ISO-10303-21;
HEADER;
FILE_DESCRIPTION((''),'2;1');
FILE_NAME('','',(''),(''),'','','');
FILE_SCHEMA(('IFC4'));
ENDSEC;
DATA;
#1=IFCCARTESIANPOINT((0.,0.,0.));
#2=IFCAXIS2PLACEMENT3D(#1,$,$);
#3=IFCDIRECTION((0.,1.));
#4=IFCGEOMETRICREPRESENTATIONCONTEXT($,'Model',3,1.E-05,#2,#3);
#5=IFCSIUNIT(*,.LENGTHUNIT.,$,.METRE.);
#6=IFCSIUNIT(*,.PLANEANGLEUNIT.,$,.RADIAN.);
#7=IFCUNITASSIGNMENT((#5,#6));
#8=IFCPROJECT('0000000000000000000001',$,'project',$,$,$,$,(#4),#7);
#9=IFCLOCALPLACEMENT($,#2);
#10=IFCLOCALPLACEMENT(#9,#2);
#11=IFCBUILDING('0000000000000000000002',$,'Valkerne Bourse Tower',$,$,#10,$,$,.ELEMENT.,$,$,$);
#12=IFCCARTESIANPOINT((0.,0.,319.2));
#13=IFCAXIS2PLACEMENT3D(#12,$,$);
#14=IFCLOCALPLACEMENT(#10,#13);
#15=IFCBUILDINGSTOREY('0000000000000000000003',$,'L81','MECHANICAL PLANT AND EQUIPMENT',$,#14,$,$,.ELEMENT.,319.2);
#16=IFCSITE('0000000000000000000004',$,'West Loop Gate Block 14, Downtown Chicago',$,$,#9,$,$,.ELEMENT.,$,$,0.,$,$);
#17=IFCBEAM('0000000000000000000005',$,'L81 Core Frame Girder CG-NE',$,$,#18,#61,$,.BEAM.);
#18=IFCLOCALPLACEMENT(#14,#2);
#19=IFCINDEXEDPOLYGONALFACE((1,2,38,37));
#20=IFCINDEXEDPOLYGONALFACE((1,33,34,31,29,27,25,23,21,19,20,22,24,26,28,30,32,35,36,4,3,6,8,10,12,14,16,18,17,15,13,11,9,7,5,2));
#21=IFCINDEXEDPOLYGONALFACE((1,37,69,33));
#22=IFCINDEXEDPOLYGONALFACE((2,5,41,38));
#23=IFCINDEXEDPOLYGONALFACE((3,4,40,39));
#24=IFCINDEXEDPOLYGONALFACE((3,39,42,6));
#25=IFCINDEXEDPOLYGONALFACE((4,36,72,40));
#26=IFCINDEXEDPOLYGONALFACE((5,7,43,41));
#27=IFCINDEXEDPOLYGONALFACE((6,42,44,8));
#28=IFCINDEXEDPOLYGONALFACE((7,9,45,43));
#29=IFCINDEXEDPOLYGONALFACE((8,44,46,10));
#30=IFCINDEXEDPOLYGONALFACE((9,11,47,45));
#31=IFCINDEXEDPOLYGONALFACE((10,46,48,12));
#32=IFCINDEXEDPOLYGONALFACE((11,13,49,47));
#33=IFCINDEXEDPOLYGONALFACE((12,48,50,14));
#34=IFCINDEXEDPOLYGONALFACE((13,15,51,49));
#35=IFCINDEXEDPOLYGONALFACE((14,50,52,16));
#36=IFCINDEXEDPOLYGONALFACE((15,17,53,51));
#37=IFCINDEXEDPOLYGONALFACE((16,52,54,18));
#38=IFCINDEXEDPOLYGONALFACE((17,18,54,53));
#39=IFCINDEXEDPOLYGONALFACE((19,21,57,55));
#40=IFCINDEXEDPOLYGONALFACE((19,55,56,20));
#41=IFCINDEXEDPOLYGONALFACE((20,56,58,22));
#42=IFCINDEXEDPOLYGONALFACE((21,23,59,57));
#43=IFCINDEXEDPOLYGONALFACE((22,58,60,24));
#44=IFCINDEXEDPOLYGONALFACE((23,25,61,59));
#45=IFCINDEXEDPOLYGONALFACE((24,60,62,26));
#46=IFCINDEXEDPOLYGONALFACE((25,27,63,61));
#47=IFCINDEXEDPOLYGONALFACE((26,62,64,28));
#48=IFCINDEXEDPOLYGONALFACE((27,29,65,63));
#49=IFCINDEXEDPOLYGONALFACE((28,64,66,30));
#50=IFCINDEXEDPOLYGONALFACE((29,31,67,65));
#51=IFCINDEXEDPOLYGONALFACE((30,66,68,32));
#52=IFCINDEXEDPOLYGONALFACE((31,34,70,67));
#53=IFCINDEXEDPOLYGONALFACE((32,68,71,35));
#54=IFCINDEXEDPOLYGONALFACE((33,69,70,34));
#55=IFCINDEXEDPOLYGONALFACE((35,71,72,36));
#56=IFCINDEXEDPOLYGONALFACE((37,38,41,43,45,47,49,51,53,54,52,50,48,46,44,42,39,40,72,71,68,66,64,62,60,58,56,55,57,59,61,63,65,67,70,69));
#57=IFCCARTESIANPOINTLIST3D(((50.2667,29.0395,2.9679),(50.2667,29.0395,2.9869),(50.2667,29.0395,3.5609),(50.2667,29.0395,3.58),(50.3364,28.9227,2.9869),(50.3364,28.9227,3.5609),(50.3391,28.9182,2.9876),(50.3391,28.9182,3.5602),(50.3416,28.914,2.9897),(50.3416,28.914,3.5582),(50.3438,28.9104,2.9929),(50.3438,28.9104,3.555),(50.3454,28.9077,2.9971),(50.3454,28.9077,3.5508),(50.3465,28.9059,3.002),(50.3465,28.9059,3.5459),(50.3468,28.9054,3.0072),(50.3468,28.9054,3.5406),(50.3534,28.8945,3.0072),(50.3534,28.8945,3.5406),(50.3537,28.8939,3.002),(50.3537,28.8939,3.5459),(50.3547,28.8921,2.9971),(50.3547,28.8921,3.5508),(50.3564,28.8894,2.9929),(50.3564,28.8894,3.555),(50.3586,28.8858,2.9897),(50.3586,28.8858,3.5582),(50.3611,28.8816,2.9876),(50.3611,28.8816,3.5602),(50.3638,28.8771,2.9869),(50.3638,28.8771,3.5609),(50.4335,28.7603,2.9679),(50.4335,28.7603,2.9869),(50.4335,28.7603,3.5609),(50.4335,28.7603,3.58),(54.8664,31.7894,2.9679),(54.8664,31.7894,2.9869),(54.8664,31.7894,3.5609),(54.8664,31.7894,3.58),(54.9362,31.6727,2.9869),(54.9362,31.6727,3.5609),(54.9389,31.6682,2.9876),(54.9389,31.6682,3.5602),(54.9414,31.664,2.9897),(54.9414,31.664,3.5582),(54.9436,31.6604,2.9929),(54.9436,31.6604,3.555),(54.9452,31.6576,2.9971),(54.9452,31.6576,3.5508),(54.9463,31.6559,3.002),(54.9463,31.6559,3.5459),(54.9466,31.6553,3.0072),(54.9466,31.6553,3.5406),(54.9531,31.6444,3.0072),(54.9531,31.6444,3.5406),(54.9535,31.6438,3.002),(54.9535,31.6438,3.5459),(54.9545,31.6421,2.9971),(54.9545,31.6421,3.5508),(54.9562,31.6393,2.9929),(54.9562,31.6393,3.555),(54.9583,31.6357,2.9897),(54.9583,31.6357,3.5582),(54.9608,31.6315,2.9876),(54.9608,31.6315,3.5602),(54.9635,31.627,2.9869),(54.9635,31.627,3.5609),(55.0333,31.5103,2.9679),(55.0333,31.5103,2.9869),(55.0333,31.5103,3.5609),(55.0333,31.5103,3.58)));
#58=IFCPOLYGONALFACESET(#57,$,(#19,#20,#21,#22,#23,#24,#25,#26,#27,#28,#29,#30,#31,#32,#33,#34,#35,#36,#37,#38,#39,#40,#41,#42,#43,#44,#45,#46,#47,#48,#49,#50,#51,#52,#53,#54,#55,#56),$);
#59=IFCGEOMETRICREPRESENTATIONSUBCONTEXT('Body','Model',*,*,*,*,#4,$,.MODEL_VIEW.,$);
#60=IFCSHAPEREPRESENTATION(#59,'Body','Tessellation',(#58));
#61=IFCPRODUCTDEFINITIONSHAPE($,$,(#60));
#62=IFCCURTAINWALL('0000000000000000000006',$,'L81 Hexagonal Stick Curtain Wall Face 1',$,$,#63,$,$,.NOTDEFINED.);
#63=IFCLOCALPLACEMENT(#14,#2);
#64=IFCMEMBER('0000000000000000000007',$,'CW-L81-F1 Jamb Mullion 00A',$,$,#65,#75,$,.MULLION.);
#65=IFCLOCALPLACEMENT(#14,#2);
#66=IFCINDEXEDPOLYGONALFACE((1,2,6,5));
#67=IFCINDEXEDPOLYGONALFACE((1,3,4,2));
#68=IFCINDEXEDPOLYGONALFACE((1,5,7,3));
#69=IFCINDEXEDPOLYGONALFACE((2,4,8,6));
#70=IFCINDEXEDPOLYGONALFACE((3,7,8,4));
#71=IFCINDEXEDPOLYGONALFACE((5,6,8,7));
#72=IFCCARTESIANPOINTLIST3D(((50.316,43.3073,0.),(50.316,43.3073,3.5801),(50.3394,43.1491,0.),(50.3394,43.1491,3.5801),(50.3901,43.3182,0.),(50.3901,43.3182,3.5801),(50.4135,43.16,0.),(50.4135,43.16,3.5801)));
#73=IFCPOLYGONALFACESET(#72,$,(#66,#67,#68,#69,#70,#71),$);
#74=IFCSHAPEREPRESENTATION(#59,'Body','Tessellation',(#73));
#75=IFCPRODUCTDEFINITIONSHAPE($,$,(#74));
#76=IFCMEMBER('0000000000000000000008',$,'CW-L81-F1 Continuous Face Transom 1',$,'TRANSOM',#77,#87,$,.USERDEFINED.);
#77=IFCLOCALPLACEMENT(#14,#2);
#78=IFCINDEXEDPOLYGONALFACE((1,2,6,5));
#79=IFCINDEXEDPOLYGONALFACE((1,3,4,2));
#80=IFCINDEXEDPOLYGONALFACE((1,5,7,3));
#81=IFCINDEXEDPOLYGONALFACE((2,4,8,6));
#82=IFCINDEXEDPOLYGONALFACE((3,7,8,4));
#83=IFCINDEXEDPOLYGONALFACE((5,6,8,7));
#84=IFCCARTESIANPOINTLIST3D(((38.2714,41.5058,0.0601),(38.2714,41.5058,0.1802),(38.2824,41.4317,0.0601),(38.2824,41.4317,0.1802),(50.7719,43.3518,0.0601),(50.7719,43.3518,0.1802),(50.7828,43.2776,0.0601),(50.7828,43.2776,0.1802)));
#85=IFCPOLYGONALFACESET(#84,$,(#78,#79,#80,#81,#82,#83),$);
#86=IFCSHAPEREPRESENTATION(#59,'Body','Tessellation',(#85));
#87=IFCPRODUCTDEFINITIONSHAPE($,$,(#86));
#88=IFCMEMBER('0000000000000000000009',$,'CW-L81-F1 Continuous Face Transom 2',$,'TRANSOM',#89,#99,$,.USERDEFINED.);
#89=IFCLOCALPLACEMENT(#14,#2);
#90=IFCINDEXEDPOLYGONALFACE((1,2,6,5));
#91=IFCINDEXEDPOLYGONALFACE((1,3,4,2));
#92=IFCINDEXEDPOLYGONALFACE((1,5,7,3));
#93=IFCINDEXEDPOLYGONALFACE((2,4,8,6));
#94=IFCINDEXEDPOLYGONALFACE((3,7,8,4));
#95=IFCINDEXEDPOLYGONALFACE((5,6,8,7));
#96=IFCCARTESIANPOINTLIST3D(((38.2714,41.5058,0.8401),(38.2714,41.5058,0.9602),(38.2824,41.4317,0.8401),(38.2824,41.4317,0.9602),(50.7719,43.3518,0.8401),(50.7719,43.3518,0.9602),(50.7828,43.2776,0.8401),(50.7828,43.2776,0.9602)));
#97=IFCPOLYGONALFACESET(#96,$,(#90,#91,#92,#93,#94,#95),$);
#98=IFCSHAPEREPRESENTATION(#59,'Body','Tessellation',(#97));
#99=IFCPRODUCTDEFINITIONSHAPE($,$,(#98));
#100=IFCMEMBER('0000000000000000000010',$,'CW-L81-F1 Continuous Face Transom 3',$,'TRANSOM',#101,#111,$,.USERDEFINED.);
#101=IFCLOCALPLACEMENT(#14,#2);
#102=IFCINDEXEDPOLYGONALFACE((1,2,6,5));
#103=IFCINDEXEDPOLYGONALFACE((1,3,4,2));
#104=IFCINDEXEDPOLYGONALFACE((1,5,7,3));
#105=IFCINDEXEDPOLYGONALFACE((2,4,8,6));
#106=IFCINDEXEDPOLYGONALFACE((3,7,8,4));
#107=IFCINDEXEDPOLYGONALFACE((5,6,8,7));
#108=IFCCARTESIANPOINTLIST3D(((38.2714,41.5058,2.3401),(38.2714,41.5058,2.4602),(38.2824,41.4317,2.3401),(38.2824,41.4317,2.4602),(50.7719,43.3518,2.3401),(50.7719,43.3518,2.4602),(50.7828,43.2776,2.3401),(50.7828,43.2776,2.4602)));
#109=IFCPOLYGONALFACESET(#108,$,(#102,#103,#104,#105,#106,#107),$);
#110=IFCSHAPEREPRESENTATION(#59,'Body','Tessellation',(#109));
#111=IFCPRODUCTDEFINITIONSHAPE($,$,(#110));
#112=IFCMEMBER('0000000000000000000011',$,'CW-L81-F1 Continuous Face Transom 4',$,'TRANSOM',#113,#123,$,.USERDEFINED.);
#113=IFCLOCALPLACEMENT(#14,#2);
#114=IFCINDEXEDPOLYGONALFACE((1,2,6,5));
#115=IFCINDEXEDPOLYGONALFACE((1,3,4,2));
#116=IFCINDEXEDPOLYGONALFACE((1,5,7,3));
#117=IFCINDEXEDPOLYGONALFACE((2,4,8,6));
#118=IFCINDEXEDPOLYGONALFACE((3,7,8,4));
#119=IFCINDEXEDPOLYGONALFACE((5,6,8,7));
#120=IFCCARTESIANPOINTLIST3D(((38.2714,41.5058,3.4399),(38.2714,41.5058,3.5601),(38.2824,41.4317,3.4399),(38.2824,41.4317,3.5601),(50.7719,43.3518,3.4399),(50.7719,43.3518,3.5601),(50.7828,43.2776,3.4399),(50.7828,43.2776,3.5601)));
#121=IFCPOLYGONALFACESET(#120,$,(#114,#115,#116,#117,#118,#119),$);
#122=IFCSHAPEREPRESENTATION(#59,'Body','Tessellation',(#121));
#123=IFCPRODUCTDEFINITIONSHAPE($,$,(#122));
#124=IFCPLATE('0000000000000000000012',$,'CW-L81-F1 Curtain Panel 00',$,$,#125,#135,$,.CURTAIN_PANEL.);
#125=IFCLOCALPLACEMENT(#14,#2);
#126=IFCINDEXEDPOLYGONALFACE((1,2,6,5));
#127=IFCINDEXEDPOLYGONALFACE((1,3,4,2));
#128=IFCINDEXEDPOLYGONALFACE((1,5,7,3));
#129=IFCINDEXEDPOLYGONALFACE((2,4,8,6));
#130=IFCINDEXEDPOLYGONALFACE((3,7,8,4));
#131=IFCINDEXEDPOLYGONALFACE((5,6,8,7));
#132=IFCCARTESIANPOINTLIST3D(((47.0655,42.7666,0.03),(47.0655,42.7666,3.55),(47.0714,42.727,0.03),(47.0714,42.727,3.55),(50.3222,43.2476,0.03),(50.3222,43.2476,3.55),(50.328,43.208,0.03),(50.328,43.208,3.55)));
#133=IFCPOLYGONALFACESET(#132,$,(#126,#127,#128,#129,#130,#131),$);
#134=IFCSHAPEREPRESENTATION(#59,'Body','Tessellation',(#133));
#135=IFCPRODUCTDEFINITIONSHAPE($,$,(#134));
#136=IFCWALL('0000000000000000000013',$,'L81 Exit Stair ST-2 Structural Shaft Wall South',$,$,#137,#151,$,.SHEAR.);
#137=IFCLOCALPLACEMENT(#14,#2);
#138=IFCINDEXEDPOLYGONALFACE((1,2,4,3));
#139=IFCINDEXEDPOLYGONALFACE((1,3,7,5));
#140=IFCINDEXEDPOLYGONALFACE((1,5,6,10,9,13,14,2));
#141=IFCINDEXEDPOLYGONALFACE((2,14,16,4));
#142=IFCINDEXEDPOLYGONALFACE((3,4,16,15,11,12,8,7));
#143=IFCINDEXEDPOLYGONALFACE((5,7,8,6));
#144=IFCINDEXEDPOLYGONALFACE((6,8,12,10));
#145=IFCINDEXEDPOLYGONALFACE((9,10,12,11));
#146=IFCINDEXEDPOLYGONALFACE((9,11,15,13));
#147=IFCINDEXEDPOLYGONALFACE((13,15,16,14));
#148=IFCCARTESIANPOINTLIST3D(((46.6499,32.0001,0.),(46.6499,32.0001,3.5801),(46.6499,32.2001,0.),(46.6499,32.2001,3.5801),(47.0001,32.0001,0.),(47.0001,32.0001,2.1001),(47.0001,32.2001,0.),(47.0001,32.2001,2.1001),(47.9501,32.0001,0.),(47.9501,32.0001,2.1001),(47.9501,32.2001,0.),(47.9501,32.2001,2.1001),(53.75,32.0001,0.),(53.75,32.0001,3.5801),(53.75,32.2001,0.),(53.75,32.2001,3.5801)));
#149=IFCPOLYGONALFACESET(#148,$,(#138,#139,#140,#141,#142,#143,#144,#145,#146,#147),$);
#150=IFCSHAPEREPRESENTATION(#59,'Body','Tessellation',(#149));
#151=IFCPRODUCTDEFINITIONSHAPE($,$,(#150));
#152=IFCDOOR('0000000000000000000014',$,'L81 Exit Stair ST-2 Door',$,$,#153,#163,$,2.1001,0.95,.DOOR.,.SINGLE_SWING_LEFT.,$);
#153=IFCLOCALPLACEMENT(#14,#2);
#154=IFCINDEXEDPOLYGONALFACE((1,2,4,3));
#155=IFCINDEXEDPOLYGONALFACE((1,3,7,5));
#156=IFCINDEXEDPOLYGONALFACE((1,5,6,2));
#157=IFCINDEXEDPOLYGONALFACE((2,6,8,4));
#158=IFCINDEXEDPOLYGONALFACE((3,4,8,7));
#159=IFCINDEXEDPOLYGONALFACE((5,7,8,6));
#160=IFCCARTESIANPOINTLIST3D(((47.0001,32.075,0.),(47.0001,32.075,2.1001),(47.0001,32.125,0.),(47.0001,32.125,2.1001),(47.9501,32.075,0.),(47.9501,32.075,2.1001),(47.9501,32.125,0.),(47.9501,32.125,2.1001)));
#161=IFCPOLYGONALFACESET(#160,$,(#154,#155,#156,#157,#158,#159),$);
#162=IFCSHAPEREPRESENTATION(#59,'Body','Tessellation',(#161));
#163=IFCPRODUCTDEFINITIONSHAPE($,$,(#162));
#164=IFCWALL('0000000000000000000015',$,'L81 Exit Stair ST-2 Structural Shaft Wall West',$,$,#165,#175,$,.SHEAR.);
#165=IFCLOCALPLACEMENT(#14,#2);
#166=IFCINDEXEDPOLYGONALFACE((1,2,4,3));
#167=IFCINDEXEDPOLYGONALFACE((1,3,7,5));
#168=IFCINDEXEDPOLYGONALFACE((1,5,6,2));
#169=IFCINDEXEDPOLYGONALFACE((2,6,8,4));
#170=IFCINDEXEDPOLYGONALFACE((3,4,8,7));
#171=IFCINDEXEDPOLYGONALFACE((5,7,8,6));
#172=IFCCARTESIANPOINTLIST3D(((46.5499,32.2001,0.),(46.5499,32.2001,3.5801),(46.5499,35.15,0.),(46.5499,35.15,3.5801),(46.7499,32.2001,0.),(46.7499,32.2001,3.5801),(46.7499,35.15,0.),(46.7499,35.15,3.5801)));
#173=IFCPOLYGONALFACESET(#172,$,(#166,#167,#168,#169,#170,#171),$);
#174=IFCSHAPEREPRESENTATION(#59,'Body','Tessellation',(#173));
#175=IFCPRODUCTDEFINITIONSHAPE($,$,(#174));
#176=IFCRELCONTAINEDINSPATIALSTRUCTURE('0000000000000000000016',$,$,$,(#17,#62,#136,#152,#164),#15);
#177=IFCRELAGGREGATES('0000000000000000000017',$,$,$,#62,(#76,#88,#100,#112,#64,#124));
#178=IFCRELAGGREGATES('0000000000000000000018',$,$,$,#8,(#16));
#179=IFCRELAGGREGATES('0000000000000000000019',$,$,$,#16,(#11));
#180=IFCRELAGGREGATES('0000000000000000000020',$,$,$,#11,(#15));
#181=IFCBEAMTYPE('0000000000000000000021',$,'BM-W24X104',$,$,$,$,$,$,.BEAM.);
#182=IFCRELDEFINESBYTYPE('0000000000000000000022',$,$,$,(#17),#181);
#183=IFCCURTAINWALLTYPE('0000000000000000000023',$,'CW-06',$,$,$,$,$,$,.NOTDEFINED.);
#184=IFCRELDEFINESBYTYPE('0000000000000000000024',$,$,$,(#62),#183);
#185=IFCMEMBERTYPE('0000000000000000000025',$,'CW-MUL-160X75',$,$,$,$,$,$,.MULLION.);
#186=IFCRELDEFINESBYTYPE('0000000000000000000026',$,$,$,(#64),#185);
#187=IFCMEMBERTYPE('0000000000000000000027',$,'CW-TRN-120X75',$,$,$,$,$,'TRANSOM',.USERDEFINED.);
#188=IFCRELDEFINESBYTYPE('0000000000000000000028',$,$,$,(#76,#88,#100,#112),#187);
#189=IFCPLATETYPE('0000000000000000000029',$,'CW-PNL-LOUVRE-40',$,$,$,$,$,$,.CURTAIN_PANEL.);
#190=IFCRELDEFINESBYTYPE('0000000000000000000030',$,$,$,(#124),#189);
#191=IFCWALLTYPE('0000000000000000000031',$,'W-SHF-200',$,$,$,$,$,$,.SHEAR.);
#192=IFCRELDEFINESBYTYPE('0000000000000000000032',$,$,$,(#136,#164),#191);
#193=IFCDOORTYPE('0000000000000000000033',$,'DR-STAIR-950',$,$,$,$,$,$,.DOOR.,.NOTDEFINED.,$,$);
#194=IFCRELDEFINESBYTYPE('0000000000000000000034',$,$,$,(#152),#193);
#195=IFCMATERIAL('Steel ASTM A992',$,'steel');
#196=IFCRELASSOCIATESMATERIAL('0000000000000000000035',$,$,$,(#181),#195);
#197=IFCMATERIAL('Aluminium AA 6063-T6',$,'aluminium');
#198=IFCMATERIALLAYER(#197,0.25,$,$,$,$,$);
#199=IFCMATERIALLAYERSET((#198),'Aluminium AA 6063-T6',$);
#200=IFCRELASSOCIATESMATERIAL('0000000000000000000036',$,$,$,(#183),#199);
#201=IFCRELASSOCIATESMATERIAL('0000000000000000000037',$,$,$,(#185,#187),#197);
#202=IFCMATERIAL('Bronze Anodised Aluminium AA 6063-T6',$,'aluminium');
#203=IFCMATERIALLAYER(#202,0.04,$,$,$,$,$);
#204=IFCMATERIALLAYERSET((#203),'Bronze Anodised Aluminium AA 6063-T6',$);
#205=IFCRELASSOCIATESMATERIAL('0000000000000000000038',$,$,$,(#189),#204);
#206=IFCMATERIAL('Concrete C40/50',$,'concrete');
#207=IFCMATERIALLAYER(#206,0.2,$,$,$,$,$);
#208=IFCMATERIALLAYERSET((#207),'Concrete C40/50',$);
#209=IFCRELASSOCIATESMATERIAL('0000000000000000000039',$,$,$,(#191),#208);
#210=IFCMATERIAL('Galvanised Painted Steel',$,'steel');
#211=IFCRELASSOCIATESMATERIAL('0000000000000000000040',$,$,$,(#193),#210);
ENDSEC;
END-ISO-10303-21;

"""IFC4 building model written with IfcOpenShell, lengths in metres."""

from ifc_helpers import new_model, si_unit, direction, frame, frame_2d, origin, origin_2d, place, context, subcontext, project, spatial, rectangle, i_section, extrude, material, layer, layer_set, material_profile, profile_set, type_object, element, fill, aggregate, save


model = new_model("IFC4")

# Units and contexts
model_context = context("Model", 3, precision=1e-05, world=origin(), true_north=direction((0.0, 1.0)))
body_context = subcontext(model_context, "Body", "Model", "MODEL_VIEW")
ifc_project = project(units=[si_unit("LENGTHUNIT", "METRE"), si_unit("PLANEANGLEUNIT", "RADIAN")], contexts=[model_context])

# Site, building, storey
site_placement = place(None, origin())
site = spatial("IfcSite", under=ifc_project, at=site_placement, Name="West Loop Gate Block 14, Downtown Chicago", CompositionType="ELEMENT", RefElevation=0.0)
building_placement = place(site_placement, origin())
building = spatial("IfcBuilding", under=site, at=building_placement, Name="Valkerne Bourse Tower", CompositionType="ELEMENT")
storey_placement = place(building_placement, frame((0.0, 0.0, 319.2)))
storey = spatial("IfcBuildingStorey", under=building, at=storey_placement, Name="L81", Description="MECHANICAL PLANT AND EQUIPMENT", CompositionType="ELEMENT", Elevation=319.2)

# Beam
ifc_material_1 = material(Name="Steel ASTM A992", Category="steel")
ifc_material_profile_1 = material_profile(ifc_material_1, i_section(OverallWidth=0.3252, OverallDepth=0.6121, WebThickness=0.0127, FlangeThickness=0.019, FilletRadius=0.0203, at=origin_2d()), Name="W24X104")
ifc_profile_set_1 = profile_set([ifc_material_profile_1], Name="Steel ASTM A992")
beam_type_1 = type_object("IfcBeamType", Name="BM-W24X104", PredefinedType="BEAM", material=ifc_profile_set_1)
beam_1_placement = place(storey_placement, frame((50.3501, 28.8999, 3.2739), z_axis=(0.858308, 0.513135, 0.0), x_axis=(-0.513135, 0.858308, 0.0)))
element("IfcBeam", 1, at=beam_1_placement, inside=storey, type_object=beam_type_1, Name="L81 Core Frame Girder CG-NE", PredefinedType="BEAM", context=body_context, shape_type="SweptSolid", body=[
    extrude(i_section(OverallWidth=0.3252, OverallDepth=0.6121, WebThickness=0.0127, FlangeThickness=0.019, FilletRadius=0.0203, at=origin_2d()), origin(), (0.0, 0.0, 1.0), 5.3591),
])

# Curtain wall, members, plate
ifc_material_2 = material(Name="Aluminium AA 6063-T6", Category="aluminium")
ifc_layer_1 = layer(ifc_material_2, 0.25)
ifc_layer_set_1 = layer_set([ifc_layer_1], Name="Aluminium AA 6063-T6")
curtain_wall_type = type_object("IfcCurtainWallType", Name="CW-06", PredefinedType="NOTDEFINED", material=ifc_layer_set_1)
curtain_wall_placement = place(storey_placement, origin())
curtain_wall = element("IfcCurtainWall", 2, at=curtain_wall_placement, inside=storey, type_object=curtain_wall_type, Name="L81 Hexagonal Stick Curtain Wall Face 1", PredefinedType="NOTDEFINED")
ifc_material_profile_2 = material_profile(ifc_material_2, rectangle(XDim=0.075, YDim=0.1599, at=origin_2d()), Name="CWM-75X160")
ifc_profile_set_2 = profile_set([ifc_material_profile_2], Name="Aluminium AA 6063-T6")
member_type_1 = type_object("IfcMemberType", Name="CW-MUL-160X75", PredefinedType="MULLION", material=ifc_profile_set_2)
member_1_placement = place(storey_placement, frame((50.3647, 43.2336, 0.0), z_axis=(0.0, 0.0, 1.0), x_axis=(-0.989269, -0.146106, 0.0)))
member_1 = element("IfcMember", 3, at=member_1_placement, type_object=member_type_1, Name="CW-L81-F1 Jamb Mullion 00A", PredefinedType="MULLION", context=body_context, shape_type="SweptSolid", body=[
    extrude(rectangle(XDim=0.075, YDim=0.1599, at=origin_2d()), origin(), (0.0, 0.0, 1.0), 3.5801),
])
ifc_material_profile_3 = material_profile(ifc_material_2, rectangle(XDim=0.075, YDim=0.1201, at=origin_2d()), Name="CWT-75X120")
ifc_profile_set_3 = profile_set([ifc_material_profile_3], Name="Aluminium AA 6063-T6")
member_type_2 = type_object("IfcMemberType", Name="CW-TRN-120X75", ElementType="TRANSOM", PredefinedType="USERDEFINED", material=ifc_profile_set_3)
member_2_placement = place(storey_placement, frame((50.7773, 43.3147, 0.1201), z_axis=(-0.989272, -0.146086, 0.0), x_axis=(0.146086, -0.989272, 0.0)))
member_2 = element("IfcMember", 4, at=member_2_placement, type_object=member_type_2, Name="CW-L81-F1 Continuous Face Transom 1", ObjectType="TRANSOM", PredefinedType="USERDEFINED", context=body_context, shape_type="SweptSolid", body=[
    extrude(rectangle(XDim=0.075, YDim=0.1201, at=origin_2d()), origin(), (0.0, 0.0, 1.0), 12.636),
])
member_3_placement = place(storey_placement, frame((50.7773, 43.3147, 0.9001), z_axis=(-0.989272, -0.146086, 0.0), x_axis=(0.146086, -0.989272, 0.0)))
member_3 = element("IfcMember", 5, at=member_3_placement, type_object=member_type_2, Name="CW-L81-F1 Continuous Face Transom 2", ObjectType="TRANSOM", PredefinedType="USERDEFINED", context=body_context, shape_type="SweptSolid", body=[
    extrude(rectangle(XDim=0.075, YDim=0.1201, at=origin_2d()), origin(), (0.0, 0.0, 1.0), 12.636),
])
member_4_placement = place(storey_placement, frame((50.7773, 43.3147, 2.4001), z_axis=(-0.989272, -0.146086, 0.0), x_axis=(0.146086, -0.989272, 0.0)))
member_4 = element("IfcMember", 6, at=member_4_placement, type_object=member_type_2, Name="CW-L81-F1 Continuous Face Transom 3", ObjectType="TRANSOM", PredefinedType="USERDEFINED", context=body_context, shape_type="SweptSolid", body=[
    extrude(rectangle(XDim=0.075, YDim=0.1201, at=origin_2d()), origin(), (0.0, 0.0, 1.0), 12.636),
])
member_5_placement = place(storey_placement, frame((50.7773, 43.3147, 3.5), z_axis=(-0.989272, -0.146086, 0.0), x_axis=(0.146086, -0.989272, 0.0)))
member_5 = element("IfcMember", 7, at=member_5_placement, type_object=member_type_2, Name="CW-L81-F1 Continuous Face Transom 4", ObjectType="TRANSOM", PredefinedType="USERDEFINED", context=body_context, shape_type="SweptSolid", body=[
    extrude(rectangle(XDim=0.075, YDim=0.1201, at=origin_2d()), origin(), (0.0, 0.0, 1.0), 12.636),
])
ifc_material_3 = material(Name="Bronze Anodised Aluminium AA 6063-T6", Category="aluminium")
ifc_layer_2 = layer(ifc_material_3, 0.04)
ifc_layer_set_2 = layer_set([ifc_layer_2], Name="Bronze Anodised Aluminium AA 6063-T6")
plate_type = type_object("IfcPlateType", Name="CW-PNL-LOUVRE-40", PredefinedType="CURTAIN_PANEL", material=ifc_layer_set_2)
plate_placement = place(storey_placement, frame((48.6968, 42.9873, 0.03), z_axis=(0.0, 0.0, 1.0), x_axis=(-0.989269, -0.146106, 0.0)))
plate = element("IfcPlate", 8, at=plate_placement, type_object=plate_type, Name="CW-L81-F1 Curtain Panel 00", PredefinedType="CURTAIN_PANEL", context=body_context, shape_type="SweptSolid", body=[
    extrude(rectangle(XDim=3.292, YDim=0.04, at=origin_2d()), origin(), (0.0, 0.0, 1.0), 3.52),
])
aggregate(curtain_wall, [member_2, member_3, member_4, member_5, member_1, plate])

# Wall, opening, door
ifc_material_4 = material(Name="Concrete C40/50", Category="concrete")
ifc_layer_3 = layer(ifc_material_4, 0.2)
ifc_layer_set_3 = layer_set([ifc_layer_3], Name="Concrete C40/50")
wall_type_1 = type_object("IfcWallType", Name="W-SHF-200", PredefinedType="SHEAR", material=ifc_layer_set_3)
wall_1_placement = place(storey_placement, frame((46.6499, 32.1001, 0.0), z_axis=(0.0, 0.0, 1.0), x_axis=(1.0, 0.0, 0.0)))
wall_1 = element("IfcWall", 9, at=wall_1_placement, inside=storey, type_object=wall_type_1, Name="L81 Exit Stair ST-2 Structural Shaft Wall South", PredefinedType="SHEAR", context=body_context, shape_type="SweptSolid", body=[
    extrude(rectangle(XDim=7.1001, YDim=0.2, at=frame_2d((3.55, 0.0))), origin(), (0.0, 0.0, 1.0), 3.5801),
])
opening_1_placement = place(wall_1_placement, frame((0.3501, 0.0, 0.0)))
opening_1 = element("IfcOpeningElement", 10, at=opening_1_placement, cuts=wall_1, PredefinedType="OPENING", context=body_context, shape_type="SweptSolid", body=[
    extrude(rectangle(XDim=0.95, YDim=2.1001, at=frame_2d((0.4751, 1.05))), frame((0.0, 0.1099, 0.0), z_axis=(0.0, -1.0, 0.0), x_axis=(1.0, 0.0, 0.0)), (0.0, 0.0, 1.0), 0.22),
])
ifc_material_5 = material(Name="Galvanised Painted Steel", Category="steel")
door_type_1 = type_object("IfcDoorType", Name="DR-STAIR-950", OperationType="NOTDEFINED", PredefinedType="DOOR", material=ifc_material_5)
door_1_placement = place(opening_1_placement, origin())
door_1 = element("IfcDoor", 11, at=door_1_placement, inside=storey, type_object=door_type_1, Name="L81 Exit Stair ST-2 Door", OperationType="SINGLE_SWING_LEFT", OverallHeight=2.1001, OverallWidth=0.95, PredefinedType="DOOR", context=body_context, shape_type="SweptSolid", body=[
    extrude(rectangle(XDim=0.95, YDim=2.1001, at=frame_2d((0.4751, 1.05))), frame((0.0, 0.0249, 0.0), z_axis=(0.0, -1.0, 0.0), x_axis=(1.0, 0.0, 0.0)), (0.0, 0.0, 1.0), 0.05),
])
fill(opening_1, door_1)

# Wall
wall_2_placement = place(storey_placement, frame((46.6499, 32.2, 0.0), z_axis=(0.0, 0.0, 1.0), x_axis=(0.0, 1.0, 0.0)))
element("IfcWall", 12, at=wall_2_placement, inside=storey, type_object=wall_type_1, Name="L81 Exit Stair ST-2 Structural Shaft Wall West", PredefinedType="SHEAR", context=body_context, shape_type="SweptSolid", body=[
    extrude(rectangle(XDim=2.95, YDim=0.2, at=frame_2d((1.4751, 0.0))), origin(), (0.0, 0.0, 1.0), 3.5801),
])

save(model, "model.ifc")
